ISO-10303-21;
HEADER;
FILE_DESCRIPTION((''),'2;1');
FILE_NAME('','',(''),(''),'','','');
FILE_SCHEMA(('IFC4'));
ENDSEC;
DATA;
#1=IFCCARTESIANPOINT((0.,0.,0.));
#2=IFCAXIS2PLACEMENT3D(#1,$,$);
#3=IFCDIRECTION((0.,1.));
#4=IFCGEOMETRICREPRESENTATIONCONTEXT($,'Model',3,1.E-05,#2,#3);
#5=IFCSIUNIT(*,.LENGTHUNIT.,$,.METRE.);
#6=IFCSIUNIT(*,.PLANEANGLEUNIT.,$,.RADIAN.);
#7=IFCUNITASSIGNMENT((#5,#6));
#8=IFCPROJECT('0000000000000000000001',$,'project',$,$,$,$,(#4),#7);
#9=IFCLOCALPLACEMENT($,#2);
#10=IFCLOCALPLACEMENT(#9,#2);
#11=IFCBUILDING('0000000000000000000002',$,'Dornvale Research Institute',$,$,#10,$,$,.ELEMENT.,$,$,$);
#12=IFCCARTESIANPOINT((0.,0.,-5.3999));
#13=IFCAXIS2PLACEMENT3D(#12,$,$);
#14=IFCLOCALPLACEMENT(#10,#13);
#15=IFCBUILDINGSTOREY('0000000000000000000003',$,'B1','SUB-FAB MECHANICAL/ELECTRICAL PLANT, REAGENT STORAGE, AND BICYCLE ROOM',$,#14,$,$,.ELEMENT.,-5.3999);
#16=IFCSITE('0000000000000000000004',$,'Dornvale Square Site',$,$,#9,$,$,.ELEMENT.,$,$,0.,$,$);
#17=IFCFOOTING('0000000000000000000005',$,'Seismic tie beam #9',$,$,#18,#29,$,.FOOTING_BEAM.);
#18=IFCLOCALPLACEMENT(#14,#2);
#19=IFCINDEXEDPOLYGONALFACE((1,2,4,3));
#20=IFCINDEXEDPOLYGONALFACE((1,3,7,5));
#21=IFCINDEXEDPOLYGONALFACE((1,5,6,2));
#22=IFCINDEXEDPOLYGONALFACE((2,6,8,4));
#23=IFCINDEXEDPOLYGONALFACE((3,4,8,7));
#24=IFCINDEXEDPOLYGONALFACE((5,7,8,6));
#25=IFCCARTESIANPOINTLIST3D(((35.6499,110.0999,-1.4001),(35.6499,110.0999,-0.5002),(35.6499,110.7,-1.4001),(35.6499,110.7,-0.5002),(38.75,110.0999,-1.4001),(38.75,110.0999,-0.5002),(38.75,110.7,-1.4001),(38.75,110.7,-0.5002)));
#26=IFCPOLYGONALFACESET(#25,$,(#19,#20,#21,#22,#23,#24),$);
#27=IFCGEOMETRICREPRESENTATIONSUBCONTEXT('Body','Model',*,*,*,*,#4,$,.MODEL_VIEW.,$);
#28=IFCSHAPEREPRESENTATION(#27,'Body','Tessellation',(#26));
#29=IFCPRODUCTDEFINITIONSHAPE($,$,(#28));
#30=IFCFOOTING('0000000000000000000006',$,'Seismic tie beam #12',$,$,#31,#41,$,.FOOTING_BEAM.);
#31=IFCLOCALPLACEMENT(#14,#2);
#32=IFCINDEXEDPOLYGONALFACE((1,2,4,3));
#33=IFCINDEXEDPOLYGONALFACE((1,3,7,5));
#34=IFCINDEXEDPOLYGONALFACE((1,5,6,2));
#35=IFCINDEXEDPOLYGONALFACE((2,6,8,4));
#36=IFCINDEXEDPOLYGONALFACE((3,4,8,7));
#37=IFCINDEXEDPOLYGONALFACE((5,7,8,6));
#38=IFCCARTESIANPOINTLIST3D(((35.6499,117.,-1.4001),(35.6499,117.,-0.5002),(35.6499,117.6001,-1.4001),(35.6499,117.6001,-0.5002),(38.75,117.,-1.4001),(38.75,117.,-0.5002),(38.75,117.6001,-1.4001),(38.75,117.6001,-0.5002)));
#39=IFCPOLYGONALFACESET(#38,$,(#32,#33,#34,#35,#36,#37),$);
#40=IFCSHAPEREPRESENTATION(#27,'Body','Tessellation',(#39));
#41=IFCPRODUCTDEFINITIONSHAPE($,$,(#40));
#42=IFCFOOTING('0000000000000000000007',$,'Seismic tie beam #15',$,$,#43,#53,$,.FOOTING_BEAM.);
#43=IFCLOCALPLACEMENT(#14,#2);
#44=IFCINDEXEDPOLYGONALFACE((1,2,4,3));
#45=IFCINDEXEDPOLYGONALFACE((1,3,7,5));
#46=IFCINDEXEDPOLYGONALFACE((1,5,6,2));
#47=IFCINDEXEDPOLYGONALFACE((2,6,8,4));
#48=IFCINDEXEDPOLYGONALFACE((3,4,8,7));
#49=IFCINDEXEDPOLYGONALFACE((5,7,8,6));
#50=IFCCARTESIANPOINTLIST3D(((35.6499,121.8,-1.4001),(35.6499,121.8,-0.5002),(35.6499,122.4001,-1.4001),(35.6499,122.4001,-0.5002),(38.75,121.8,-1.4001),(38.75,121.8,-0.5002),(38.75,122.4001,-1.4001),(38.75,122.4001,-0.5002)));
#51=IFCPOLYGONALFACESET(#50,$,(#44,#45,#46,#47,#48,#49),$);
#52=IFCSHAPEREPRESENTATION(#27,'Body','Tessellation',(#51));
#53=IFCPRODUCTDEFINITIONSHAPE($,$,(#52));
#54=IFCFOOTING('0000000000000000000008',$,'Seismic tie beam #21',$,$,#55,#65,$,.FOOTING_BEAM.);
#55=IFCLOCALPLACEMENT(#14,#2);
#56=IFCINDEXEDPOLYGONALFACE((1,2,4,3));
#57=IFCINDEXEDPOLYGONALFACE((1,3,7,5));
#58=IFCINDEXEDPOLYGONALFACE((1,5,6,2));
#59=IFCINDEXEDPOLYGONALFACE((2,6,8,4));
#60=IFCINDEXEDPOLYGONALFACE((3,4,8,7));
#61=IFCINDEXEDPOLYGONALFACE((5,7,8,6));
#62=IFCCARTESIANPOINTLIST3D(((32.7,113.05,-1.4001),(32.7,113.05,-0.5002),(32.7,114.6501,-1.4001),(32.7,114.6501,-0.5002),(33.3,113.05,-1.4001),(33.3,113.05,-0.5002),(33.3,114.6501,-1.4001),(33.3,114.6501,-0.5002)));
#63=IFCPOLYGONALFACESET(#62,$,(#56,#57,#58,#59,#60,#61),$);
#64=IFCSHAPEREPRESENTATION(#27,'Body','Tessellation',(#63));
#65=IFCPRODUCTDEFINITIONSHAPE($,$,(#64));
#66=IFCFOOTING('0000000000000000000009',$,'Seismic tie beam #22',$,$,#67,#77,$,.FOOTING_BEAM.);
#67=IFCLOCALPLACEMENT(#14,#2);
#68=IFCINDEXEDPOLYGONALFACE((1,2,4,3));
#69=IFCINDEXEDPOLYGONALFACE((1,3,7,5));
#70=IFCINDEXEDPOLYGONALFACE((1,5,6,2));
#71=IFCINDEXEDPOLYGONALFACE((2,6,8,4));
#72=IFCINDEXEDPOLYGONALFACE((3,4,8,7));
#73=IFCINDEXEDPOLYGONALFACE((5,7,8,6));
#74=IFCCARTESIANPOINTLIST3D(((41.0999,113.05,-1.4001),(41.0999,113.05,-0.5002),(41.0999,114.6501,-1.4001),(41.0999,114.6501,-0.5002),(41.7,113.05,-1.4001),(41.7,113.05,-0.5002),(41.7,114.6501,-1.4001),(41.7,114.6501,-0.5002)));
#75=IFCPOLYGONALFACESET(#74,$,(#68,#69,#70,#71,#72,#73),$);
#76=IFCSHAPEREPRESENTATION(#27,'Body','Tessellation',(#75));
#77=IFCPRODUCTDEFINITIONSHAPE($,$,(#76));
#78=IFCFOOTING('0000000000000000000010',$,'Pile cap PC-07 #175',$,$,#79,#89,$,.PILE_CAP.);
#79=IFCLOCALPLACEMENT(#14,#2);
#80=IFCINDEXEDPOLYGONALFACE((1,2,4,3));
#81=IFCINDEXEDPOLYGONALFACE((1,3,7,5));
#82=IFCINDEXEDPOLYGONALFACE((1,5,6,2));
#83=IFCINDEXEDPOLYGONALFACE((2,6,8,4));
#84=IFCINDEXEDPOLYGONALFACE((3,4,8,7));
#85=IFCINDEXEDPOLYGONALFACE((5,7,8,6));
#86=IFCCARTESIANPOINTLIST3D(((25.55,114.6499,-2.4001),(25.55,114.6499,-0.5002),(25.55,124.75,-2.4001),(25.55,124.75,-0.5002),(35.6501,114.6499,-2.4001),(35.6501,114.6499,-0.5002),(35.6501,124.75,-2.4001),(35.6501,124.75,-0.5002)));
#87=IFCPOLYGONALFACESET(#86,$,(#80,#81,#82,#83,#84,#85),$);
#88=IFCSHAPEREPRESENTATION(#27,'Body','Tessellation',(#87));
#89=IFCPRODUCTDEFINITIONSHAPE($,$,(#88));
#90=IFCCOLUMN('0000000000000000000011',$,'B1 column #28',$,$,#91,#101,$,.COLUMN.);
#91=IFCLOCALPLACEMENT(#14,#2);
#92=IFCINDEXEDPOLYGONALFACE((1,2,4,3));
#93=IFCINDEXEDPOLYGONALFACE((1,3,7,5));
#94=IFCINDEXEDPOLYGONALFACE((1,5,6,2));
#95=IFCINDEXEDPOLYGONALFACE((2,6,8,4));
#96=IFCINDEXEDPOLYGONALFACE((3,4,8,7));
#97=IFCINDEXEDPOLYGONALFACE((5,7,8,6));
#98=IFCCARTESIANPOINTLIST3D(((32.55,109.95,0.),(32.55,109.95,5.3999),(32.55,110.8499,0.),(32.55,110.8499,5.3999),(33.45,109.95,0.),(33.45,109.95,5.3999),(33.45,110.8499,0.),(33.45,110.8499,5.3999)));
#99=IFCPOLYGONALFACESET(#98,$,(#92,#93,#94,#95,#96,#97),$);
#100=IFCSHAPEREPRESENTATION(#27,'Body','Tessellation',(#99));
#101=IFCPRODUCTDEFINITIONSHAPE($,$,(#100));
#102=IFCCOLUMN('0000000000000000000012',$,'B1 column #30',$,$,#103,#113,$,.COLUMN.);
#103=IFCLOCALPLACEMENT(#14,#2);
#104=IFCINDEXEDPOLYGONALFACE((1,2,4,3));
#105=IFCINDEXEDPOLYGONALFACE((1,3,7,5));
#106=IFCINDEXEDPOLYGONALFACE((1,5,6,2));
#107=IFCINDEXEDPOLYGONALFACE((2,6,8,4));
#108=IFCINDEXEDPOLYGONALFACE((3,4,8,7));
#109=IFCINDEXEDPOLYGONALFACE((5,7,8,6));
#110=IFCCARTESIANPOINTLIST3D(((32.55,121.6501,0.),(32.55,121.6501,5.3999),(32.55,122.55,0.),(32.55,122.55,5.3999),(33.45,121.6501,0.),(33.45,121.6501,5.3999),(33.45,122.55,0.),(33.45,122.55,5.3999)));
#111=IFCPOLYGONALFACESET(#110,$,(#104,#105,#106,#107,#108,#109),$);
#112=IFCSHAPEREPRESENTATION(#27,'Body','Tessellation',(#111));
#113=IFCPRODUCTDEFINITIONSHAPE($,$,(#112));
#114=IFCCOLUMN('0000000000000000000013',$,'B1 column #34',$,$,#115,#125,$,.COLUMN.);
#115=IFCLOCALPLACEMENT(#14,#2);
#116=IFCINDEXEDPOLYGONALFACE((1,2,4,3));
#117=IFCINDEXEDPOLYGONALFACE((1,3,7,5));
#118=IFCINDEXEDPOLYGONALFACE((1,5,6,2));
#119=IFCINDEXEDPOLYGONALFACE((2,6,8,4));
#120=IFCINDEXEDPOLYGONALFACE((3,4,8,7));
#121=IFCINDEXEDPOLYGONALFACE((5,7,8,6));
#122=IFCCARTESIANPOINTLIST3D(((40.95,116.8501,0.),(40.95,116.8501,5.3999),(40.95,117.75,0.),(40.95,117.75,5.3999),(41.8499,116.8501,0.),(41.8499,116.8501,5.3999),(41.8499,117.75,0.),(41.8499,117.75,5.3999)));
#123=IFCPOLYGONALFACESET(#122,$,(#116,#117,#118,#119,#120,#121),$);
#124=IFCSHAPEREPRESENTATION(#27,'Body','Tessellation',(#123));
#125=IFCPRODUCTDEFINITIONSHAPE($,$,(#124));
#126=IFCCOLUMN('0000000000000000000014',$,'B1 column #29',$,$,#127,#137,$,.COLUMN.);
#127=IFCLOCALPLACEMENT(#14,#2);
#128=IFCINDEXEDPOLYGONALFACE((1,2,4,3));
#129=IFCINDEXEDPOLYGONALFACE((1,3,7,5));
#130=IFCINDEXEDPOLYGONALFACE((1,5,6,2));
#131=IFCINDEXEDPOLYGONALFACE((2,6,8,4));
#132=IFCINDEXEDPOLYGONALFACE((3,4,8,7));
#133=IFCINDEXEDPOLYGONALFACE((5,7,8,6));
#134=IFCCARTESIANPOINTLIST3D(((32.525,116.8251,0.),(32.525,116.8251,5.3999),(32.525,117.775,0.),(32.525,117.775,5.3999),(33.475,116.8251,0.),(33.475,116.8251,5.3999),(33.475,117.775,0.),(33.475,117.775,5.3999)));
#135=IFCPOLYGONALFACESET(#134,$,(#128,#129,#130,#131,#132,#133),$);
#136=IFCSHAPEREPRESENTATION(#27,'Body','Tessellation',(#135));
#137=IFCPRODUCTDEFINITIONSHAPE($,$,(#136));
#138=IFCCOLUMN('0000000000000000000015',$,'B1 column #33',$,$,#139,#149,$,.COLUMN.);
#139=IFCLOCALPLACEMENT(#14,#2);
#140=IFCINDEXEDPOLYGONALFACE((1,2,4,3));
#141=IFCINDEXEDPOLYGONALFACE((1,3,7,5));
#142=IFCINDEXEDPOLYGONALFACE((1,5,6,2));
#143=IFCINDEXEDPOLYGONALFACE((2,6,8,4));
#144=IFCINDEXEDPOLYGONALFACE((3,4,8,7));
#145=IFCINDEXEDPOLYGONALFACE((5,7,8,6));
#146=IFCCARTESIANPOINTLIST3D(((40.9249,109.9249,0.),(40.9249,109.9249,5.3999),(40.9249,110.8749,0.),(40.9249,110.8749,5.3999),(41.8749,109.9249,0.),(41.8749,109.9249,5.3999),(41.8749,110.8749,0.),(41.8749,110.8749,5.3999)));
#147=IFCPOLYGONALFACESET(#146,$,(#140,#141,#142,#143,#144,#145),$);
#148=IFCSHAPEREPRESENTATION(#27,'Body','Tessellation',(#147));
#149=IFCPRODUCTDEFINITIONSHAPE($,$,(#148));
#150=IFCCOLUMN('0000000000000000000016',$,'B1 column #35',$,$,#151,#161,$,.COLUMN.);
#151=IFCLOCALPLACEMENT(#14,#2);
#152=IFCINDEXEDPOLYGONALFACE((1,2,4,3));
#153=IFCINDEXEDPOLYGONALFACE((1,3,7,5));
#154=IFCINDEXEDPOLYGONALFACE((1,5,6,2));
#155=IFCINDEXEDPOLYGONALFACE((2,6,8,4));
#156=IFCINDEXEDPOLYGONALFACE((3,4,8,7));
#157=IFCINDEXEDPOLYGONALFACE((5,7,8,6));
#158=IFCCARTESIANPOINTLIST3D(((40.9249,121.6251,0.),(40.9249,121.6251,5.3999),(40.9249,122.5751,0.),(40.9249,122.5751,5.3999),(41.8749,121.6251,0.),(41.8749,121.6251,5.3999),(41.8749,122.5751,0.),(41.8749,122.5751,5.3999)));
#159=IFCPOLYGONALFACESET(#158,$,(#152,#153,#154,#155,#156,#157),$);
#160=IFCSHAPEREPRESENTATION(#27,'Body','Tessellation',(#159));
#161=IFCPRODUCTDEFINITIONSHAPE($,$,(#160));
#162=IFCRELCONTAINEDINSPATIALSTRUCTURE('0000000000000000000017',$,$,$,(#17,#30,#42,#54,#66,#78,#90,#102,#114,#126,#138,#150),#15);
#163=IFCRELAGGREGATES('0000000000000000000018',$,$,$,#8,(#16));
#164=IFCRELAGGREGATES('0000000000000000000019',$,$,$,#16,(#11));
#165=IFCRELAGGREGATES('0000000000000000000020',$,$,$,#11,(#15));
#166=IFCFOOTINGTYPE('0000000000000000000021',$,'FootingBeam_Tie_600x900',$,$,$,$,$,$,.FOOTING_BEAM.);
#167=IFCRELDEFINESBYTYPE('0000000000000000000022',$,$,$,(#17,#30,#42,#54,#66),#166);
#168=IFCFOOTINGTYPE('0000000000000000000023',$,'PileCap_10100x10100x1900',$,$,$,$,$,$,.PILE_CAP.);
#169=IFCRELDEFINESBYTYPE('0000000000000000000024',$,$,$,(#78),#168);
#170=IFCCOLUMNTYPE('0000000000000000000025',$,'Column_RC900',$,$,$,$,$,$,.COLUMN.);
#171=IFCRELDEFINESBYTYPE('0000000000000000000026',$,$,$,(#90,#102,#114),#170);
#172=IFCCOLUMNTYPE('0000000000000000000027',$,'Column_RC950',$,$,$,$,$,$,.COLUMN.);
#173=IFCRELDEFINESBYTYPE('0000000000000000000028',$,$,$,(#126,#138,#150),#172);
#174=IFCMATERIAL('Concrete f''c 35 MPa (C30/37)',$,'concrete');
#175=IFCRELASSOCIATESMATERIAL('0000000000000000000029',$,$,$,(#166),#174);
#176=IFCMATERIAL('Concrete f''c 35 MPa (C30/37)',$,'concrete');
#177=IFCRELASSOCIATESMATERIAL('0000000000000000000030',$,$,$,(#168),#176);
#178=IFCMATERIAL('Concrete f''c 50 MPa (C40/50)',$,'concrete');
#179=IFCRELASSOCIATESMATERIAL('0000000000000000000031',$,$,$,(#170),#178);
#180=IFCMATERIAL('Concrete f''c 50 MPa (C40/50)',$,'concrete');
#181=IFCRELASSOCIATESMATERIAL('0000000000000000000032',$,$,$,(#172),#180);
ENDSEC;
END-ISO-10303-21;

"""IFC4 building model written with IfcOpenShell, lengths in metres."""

from ifc_helpers import new_model, si_unit, direction, frame, origin, origin_2d, place, context, subcontext, project, spatial, rectangle, extrude, material, material_profile, profile_set, type_object, element, save


model = new_model("IFC4")

# Units and contexts
model_context = context("Model", 3, precision=1e-05, world=origin(), true_north=direction((0.0, 1.0)))
body_context = subcontext(model_context, "Body", "Model", "MODEL_VIEW")
ifc_project = project(units=[si_unit("LENGTHUNIT", "METRE"), si_unit("PLANEANGLEUNIT", "RADIAN")], contexts=[model_context])

# Site, building, storey
site_placement = place(None, origin())
site = spatial("IfcSite", under=ifc_project, at=site_placement, Name="Dornvale Square Site", CompositionType="ELEMENT", RefElevation=0.0)
building_placement = place(site_placement, origin())
building = spatial("IfcBuilding", under=site, at=building_placement, Name="Dornvale Research Institute", CompositionType="ELEMENT")
storey_placement = place(building_placement, frame((0.0, 0.0, -5.3999)))
storey = spatial("IfcBuildingStorey", under=building, at=storey_placement, Name="B1", Description="SUB-FAB MECHANICAL/ELECTRICAL PLANT, REAGENT STORAGE, AND BICYCLE ROOM", CompositionType="ELEMENT", Elevation=-5.3999)

# Footings
ifc_material_1 = material(Name="Concrete f'c 35 MPa (C30/37)", Category="concrete")
footing_type_1 = type_object("IfcFootingType", Name="FootingBeam_Tie_600x900", PredefinedType="FOOTING_BEAM", material=ifc_material_1)
for number, where, z_axis, x_axis, name in (
    (1, (37.2, 110.3999, -1.4001), (0.0, 0.0, 1.0), (1.0, 0.0, 0.0), "Seismic tie beam #9"),
    (2, (37.2, 117.3, -1.4001), (0.0, 0.0, 1.0), (1.0, 0.0, 0.0), "Seismic tie beam #12"),
    (3, (37.2, 122.1001, -1.4001), (0.0, 0.0, 1.0), (1.0, 0.0, 0.0), "Seismic tie beam #15"),
):
    element("IfcFooting", number, at=place(storey_placement, frame(where, z_axis=z_axis, x_axis=x_axis)), inside=storey, type_object=footing_type_1, Name=name, PredefinedType="FOOTING_BEAM", context=body_context, shape_type="SweptSolid", body=[
        extrude(rectangle(XDim=3.1001, YDim=0.6001, at=origin_2d()), origin(), (0.0, 0.0, 1.0), 0.8999),
    ])
for number, where, z_axis, x_axis, name in (
    (4, (33.0, 113.8501, -1.4001), (0.0, 0.0, 1.0), (0.0, 1.0, 0.0), "Seismic tie beam #21"),
    (5, (41.3999, 113.8501, -1.4001), (0.0, 0.0, 1.0), (0.0, 1.0, 0.0), "Seismic tie beam #22"),
):
    element("IfcFooting", number, at=place(storey_placement, frame(where, z_axis=z_axis, x_axis=x_axis)), inside=storey, type_object=footing_type_1, Name=name, PredefinedType="FOOTING_BEAM", context=body_context, shape_type="SweptSolid", body=[
        extrude(rectangle(XDim=1.6001, YDim=0.6001, at=origin_2d()), origin(), (0.0, 0.0, 1.0), 0.8999),
    ])
ifc_material_2 = material(Name="Concrete f'c 35 MPa (C30/37)", Category="concrete")
footing_type_2 = type_object("IfcFootingType", Name="PileCap_10100x10100x1900", PredefinedType="PILE_CAP", material=ifc_material_2)
footing_placement = place(storey_placement, frame((30.6001, 119.7, -2.4001), z_axis=(0.0, 0.0, 1.0), x_axis=(1.0, 0.0, 0.0)))
element("IfcFooting", 6, at=footing_placement, inside=storey, type_object=footing_type_2, Name="Pile cap PC-07 #175", PredefinedType="PILE_CAP", context=body_context, shape_type="SweptSolid", body=[
    extrude(rectangle(XDim=10.1001, YDim=10.1001, at=origin_2d()), origin(), (0.0, 0.0, 1.0), 1.8999),
])

# Columns
ifc_material_3 = material(Name="Concrete f'c 50 MPa (C40/50)", Category="concrete")
ifc_material_profile_1 = material_profile(ifc_material_3, rectangle(XDim=0.8999, YDim=0.8999, at=origin_2d()), Name="RC 900x900")
ifc_profile_set_1 = profile_set([ifc_material_profile_1], Name="Concrete f'c 50 MPa (C40/50)")
column_type_1 = type_object("IfcColumnType", Name="Column_RC900", PredefinedType="COLUMN", material=ifc_profile_set_1)
for number, where, z_axis, x_axis, name in (
    (7, (33.0, 110.3999, 0.0), (0.0, 0.0, 1.0), (1.0, 0.0, 0.0), "B1 column #28"),
    (8, (33.0, 122.1001, 0.0), (0.0, 0.0, 1.0), (1.0, 0.0, 0.0), "B1 column #30"),
    (9, (41.3999, 117.3, 0.0), (0.0, 0.0, 1.0), (1.0, 0.0, 0.0), "B1 column #34"),
):
    element("IfcColumn", number, at=place(storey_placement, frame(where, z_axis=z_axis, x_axis=x_axis)), inside=storey, type_object=column_type_1, Name=name, PredefinedType="COLUMN", context=body_context, shape_type="SweptSolid", body=[
        extrude(rectangle(XDim=0.8999, YDim=0.8999, at=origin_2d()), origin(), (0.0, 0.0, 1.0), 5.3999),
    ])
ifc_material_4 = material(Name="Concrete f'c 50 MPa (C40/50)", Category="concrete")
ifc_material_profile_2 = material_profile(ifc_material_4, rectangle(XDim=0.95, YDim=0.95, at=origin_2d()), Name="RC 950x950")
ifc_profile_set_2 = profile_set([ifc_material_profile_2], Name="Concrete f'c 50 MPa (C40/50)")
column_type_2 = type_object("IfcColumnType", Name="Column_RC950", PredefinedType="COLUMN", material=ifc_profile_set_2)
for number, where, z_axis, x_axis, name in (
    (10, (33.0, 117.3, 0.0), (0.0, 0.0, 1.0), (1.0, 0.0, 0.0), "B1 column #29"),
    (11, (41.3999, 110.3999, 0.0), (0.0, 0.0, 1.0), (1.0, 0.0, 0.0), "B1 column #33"),
    (12, (41.3999, 122.1001, 0.0), (0.0, 0.0, 1.0), (1.0, 0.0, 0.0), "B1 column #35"),
):
    element("IfcColumn", number, at=place(storey_placement, frame(where, z_axis=z_axis, x_axis=x_axis)), inside=storey, type_object=column_type_2, Name=name, PredefinedType="COLUMN", context=body_context, shape_type="SweptSolid", body=[
        extrude(rectangle(XDim=0.95, YDim=0.95, at=origin_2d()), origin(), (0.0, 0.0, 1.0), 5.3999),
    ])

save(model, "model.ifc")
